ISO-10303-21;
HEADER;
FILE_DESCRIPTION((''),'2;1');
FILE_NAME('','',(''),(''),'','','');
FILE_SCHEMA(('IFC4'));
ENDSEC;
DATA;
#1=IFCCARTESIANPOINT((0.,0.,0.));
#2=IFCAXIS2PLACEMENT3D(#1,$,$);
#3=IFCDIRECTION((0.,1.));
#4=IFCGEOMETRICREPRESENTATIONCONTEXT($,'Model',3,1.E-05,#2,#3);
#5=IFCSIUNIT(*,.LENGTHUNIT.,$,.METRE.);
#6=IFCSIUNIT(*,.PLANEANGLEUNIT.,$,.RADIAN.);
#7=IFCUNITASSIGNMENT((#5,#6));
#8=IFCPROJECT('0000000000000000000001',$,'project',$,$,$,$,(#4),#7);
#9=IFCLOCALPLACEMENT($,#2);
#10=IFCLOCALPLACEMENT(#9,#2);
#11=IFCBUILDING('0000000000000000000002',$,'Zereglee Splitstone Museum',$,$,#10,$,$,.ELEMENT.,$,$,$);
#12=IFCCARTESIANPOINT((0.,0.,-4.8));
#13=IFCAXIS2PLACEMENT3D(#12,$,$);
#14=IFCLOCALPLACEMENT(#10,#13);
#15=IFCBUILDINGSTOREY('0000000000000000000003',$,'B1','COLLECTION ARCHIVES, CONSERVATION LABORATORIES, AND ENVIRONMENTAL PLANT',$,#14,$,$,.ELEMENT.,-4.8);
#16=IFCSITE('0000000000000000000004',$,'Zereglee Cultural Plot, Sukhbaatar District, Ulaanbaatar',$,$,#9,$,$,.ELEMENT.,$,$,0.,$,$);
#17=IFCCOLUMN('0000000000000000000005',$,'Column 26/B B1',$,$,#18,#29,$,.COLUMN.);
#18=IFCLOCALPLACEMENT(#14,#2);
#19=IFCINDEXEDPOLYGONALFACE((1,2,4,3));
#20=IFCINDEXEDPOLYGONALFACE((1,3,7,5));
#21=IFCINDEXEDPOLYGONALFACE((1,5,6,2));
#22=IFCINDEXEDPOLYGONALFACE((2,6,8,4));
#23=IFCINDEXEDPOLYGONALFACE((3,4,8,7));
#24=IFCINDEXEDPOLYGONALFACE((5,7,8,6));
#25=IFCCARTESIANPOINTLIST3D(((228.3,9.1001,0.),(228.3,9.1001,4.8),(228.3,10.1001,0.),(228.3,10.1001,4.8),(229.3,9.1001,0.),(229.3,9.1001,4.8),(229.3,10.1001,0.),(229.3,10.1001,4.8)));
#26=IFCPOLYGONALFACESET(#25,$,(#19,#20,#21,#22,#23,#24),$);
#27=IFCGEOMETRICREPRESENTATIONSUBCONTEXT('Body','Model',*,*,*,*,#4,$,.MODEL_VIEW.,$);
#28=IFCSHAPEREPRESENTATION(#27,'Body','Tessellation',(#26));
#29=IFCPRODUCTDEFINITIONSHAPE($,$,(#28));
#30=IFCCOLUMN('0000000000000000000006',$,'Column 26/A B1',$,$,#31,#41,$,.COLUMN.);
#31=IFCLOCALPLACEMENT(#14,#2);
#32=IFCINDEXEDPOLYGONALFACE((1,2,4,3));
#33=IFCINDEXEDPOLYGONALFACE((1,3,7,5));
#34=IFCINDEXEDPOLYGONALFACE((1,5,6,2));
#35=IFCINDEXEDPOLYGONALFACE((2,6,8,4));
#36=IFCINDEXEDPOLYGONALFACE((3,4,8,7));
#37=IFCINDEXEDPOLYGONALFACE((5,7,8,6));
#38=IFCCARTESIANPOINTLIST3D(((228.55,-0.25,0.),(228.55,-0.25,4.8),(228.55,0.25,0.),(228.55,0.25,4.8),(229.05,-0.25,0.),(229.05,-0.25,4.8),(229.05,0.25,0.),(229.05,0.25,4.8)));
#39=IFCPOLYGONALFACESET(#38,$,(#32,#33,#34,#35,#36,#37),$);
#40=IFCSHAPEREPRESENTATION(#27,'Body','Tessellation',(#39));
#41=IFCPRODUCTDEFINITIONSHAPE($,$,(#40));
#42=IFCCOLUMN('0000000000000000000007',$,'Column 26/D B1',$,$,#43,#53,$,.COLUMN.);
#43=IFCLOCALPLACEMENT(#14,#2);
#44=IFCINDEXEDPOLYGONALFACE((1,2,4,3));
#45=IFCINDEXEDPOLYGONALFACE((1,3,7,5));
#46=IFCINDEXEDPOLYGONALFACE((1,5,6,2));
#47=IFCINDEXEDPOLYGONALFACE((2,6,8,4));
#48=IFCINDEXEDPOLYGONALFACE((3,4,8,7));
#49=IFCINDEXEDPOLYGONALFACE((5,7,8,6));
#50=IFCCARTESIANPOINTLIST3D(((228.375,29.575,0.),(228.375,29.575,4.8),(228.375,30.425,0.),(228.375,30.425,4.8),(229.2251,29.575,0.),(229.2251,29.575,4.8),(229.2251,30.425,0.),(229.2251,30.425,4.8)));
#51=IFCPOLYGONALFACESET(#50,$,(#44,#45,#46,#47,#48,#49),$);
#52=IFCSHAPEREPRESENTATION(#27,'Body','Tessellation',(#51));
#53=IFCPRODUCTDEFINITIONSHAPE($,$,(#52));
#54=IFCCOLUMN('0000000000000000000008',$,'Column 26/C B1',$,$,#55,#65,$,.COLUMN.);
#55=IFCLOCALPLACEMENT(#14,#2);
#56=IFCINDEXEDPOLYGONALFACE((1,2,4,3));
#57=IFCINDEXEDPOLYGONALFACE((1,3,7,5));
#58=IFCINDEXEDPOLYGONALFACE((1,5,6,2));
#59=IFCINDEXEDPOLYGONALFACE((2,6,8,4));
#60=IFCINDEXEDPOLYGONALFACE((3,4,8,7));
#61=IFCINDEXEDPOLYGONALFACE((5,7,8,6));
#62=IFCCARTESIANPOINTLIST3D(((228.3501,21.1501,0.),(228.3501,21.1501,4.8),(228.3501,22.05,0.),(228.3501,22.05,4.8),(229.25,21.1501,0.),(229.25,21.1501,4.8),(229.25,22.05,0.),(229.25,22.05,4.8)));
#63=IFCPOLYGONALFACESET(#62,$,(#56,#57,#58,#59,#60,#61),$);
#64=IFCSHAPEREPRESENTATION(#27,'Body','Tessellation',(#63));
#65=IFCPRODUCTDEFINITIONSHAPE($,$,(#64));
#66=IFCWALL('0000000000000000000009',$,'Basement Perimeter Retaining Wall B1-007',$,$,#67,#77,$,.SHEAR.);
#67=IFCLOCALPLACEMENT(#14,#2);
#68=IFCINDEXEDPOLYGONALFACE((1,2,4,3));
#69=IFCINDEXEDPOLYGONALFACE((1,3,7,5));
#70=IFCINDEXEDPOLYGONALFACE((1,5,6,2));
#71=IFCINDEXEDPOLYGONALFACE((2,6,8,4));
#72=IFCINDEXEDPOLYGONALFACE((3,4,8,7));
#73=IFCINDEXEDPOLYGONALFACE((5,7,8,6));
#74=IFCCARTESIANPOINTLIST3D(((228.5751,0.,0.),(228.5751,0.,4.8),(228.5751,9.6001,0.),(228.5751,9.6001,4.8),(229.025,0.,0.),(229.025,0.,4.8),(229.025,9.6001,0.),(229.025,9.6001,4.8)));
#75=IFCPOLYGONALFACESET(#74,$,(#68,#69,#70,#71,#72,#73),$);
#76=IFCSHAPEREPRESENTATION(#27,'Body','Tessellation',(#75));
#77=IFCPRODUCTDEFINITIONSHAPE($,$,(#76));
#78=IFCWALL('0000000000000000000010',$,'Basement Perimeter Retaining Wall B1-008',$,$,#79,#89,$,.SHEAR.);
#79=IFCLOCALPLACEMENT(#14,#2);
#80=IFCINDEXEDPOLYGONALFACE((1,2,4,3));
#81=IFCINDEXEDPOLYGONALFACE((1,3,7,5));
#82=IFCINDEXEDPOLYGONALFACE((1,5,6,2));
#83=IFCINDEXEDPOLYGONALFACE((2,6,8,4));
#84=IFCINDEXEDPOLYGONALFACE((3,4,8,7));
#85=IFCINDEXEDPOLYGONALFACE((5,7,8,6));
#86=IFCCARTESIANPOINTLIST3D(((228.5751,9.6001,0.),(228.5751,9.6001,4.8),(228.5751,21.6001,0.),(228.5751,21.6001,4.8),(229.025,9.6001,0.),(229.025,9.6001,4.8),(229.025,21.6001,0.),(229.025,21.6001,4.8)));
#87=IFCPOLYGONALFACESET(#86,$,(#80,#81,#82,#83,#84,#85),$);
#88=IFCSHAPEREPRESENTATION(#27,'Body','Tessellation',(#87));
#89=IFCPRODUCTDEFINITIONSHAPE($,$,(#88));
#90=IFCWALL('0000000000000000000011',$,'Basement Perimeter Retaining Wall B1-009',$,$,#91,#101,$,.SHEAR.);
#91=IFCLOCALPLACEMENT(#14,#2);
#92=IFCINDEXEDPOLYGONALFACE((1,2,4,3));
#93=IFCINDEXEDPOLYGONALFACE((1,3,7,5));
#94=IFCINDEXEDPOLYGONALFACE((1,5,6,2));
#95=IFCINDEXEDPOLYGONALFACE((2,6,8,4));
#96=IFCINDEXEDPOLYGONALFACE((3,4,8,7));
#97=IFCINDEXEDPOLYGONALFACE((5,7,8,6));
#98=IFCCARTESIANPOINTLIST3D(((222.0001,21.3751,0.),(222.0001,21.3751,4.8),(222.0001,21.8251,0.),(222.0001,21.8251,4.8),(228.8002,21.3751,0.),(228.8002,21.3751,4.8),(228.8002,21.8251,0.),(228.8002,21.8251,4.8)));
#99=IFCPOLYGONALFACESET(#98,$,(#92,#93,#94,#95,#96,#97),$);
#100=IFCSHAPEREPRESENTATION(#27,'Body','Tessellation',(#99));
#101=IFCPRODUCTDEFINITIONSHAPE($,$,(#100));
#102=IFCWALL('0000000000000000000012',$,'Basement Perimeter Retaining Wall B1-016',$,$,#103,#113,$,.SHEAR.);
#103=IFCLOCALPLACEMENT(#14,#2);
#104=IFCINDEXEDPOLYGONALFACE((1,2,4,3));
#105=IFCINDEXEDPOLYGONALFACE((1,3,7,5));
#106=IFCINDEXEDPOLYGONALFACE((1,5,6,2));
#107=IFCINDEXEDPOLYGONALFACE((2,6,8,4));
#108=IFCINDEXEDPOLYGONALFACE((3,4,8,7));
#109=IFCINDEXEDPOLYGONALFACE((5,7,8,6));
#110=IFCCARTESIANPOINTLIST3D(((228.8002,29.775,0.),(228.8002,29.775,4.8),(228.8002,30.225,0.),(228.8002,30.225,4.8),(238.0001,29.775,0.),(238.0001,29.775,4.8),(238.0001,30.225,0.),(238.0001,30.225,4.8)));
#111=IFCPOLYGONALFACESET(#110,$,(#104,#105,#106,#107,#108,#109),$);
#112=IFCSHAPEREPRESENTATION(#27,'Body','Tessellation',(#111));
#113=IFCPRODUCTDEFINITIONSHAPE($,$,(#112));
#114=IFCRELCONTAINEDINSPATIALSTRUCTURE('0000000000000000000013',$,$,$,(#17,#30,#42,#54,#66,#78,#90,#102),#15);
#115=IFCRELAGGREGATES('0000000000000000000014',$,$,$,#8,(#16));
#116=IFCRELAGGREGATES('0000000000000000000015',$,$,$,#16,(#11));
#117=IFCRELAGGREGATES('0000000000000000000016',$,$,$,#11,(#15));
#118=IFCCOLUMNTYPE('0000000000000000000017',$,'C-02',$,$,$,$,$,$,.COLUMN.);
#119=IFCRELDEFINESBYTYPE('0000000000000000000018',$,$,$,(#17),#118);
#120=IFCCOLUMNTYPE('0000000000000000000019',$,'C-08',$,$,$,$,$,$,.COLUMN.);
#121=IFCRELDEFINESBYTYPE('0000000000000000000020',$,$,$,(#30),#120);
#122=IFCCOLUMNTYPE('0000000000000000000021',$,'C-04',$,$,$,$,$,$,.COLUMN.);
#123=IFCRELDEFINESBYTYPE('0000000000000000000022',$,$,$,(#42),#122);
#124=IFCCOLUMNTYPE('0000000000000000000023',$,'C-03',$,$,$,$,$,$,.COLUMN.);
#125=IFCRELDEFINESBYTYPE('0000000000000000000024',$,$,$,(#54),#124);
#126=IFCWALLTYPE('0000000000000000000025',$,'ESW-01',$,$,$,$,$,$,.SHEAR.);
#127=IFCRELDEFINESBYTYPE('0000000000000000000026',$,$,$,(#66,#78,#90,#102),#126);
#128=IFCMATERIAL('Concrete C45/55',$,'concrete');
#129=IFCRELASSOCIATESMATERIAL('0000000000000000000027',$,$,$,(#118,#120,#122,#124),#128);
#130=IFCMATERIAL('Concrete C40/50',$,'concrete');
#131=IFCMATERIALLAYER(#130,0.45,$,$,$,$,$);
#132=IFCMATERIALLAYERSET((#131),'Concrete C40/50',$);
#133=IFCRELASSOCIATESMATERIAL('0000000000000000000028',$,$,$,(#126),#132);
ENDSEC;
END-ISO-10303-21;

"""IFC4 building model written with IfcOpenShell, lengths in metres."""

from ifc_helpers import new_model, si_unit, direction, frame, frame_2d, origin, origin_2d, place, context, subcontext, project, spatial, rectangle, extrude, material, layer, layer_set, material_profile, profile_set, type_object, element, save


model = new_model("IFC4")

# Units and contexts
model_context = context("Model", 3, precision=1e-05, world=origin(), true_north=direction((0.0, 1.0)))
body_context = subcontext(model_context, "Body", "Model", "MODEL_VIEW")
ifc_project = project(units=[si_unit("LENGTHUNIT", "METRE"), si_unit("PLANEANGLEUNIT", "RADIAN")], contexts=[model_context])

# Site, building, storey
site_placement = place(None, origin())
site = spatial("IfcSite", under=ifc_project, at=site_placement, Name="Zereglee Cultural Plot, Sukhbaatar District, Ulaanbaatar", CompositionType="ELEMENT", RefElevation=0.0)
building_placement = place(site_placement, origin())
building = spatial("IfcBuilding", under=site, at=building_placement, Name="Zereglee Splitstone Museum", CompositionType="ELEMENT")
storey_placement = place(building_placement, frame((0.0, 0.0, -4.8)))
storey = spatial("IfcBuildingStorey", under=building, at=storey_placement, Name="B1", Description="COLLECTION ARCHIVES, CONSERVATION LABORATORIES, AND ENVIRONMENTAL PLANT", CompositionType="ELEMENT", Elevation=-4.8)

# Shared definitions
ifc_material_1 = material(Name="Concrete C40/50", Category="concrete")

# Columns
ifc_material_2 = material(Name="Concrete C45/55", Category="concrete")
ifc_material_profile_1 = material_profile(ifc_material_2, rectangle(XDim=1.0, YDim=1.0, at=origin_2d()), Name="RC 1000x1000")
ifc_profile_set_1 = profile_set([ifc_material_profile_1], Name="Concrete C45/55")
column_type_1 = type_object("IfcColumnType", Name="C-02", PredefinedType="COLUMN", material=ifc_profile_set_1)
column_1_placement = place(storey_placement, frame((228.8, 9.6001, 0.0), z_axis=(0.0, 0.0, 1.0), x_axis=(1.0, 0.0, 0.0)))
element("IfcColumn", 1, at=column_1_placement, inside=storey, type_object=column_type_1, Name="Column 26/B B1", PredefinedType="COLUMN", context=body_context, shape_type="SweptSolid", body=[
    extrude(rectangle(XDim=1.0, YDim=1.0, at=origin_2d()), origin(), (0.0, 0.0, 1.0), 4.8),
])
ifc_material_profile_2 = material_profile(ifc_material_2, rectangle(XDim=0.5, YDim=0.5, at=origin_2d()), Name="RC 500x500")
ifc_profile_set_2 = profile_set([ifc_material_profile_2], Name="Concrete C45/55")
column_type_2 = type_object("IfcColumnType", Name="C-08", PredefinedType="COLUMN", material=ifc_profile_set_2)
column_2_placement = place(storey_placement, frame((228.8, 0.0, 0.0), z_axis=(0.0, 0.0, 1.0), x_axis=(1.0, 0.0, 0.0)))
element("IfcColumn", 2, at=column_2_placement, inside=storey, type_object=column_type_2, Name="Column 26/A B1", PredefinedType="COLUMN", context=body_context, shape_type="SweptSolid", body=[
    extrude(rectangle(XDim=0.5, YDim=0.5, at=origin_2d()), origin(), (0.0, 0.0, 1.0), 4.8),
])
ifc_material_profile_3 = material_profile(ifc_material_2, rectangle(XDim=0.8501, YDim=0.8501, at=origin_2d()), Name="RC 850x850")
ifc_profile_set_3 = profile_set([ifc_material_profile_3], Name="Concrete C45/55")
column_type_3 = type_object("IfcColumnType", Name="C-04", PredefinedType="COLUMN", material=ifc_profile_set_3)
column_3_placement = place(storey_placement, frame((228.8, 30.0, 0.0), z_axis=(0.0, 0.0, 1.0), x_axis=(1.0, 0.0, 0.0)))
element("IfcColumn", 3, at=column_3_placement, inside=storey, type_object=column_type_3, Name="Column 26/D B1", PredefinedType="COLUMN", context=body_context, shape_type="SweptSolid", body=[
    extrude(rectangle(XDim=0.8501, YDim=0.8501, at=origin_2d()), origin(), (0.0, 0.0, 1.0), 4.8),
])
ifc_material_profile_4 = material_profile(ifc_material_2, rectangle(XDim=0.8999, YDim=0.8999, at=origin_2d()), Name="RC 900x900")
ifc_profile_set_4 = profile_set([ifc_material_profile_4], Name="Concrete C45/55")
column_type_4 = type_object("IfcColumnType", Name="C-03", PredefinedType="COLUMN", material=ifc_profile_set_4)
column_4_placement = place(storey_placement, frame((228.8, 21.6001, 0.0), z_axis=(0.0, 0.0, 1.0), x_axis=(1.0, 0.0, 0.0)))
element("IfcColumn", 4, at=column_4_placement, inside=storey, type_object=column_type_4, Name="Column 26/C B1", PredefinedType="COLUMN", context=body_context, shape_type="SweptSolid", body=[
    extrude(rectangle(XDim=0.8999, YDim=0.8999, at=origin_2d()), origin(), (0.0, 0.0, 1.0), 4.8),
])

# Walls
ifc_layer_1 = layer(ifc_material_1, 0.45)
ifc_layer_set_1 = layer_set([ifc_layer_1], Name="Concrete C40/50")
wall_type = type_object("IfcWallType", Name="ESW-01", PredefinedType="SHEAR", material=ifc_layer_set_1)
wall_1_placement = place(storey_placement, frame((228.8, 0.0, 0.0), z_axis=(0.0, 0.0, 1.0), x_axis=(0.0, 1.0, 0.0)))
element("IfcWall", 5, at=wall_1_placement, inside=storey, type_object=wall_type, Name="Basement Perimeter Retaining Wall B1-007", PredefinedType="SHEAR", context=body_context, shape_type="SweptSolid", body=[
    extrude(rectangle(XDim=9.6001, YDim=0.45, at=frame_2d((4.8, 0.0))), origin(), (0.0, 0.0, 1.0), 4.8),
])
wall_2_placement = place(storey_placement, frame((228.8, 9.6001, 0.0), z_axis=(0.0, 0.0, 1.0), x_axis=(0.0, 1.0, 0.0)))
element("IfcWall", 6, at=wall_2_placement, inside=storey, type_object=wall_type, Name="Basement Perimeter Retaining Wall B1-008", PredefinedType="SHEAR", context=body_context, shape_type="SweptSolid", body=[
    extrude(rectangle(XDim=12.0, YDim=0.45, at=frame_2d((6.0, 0.0))), origin(), (0.0, 0.0, 1.0), 4.8),
])
wall_3_placement = place(storey_placement, frame((228.8, 21.6001, 0.0), z_axis=(0.0, 0.0, 1.0), x_axis=(-1.0, 0.0, 0.0)))
element("IfcWall", 7, at=wall_3_placement, inside=storey, type_object=wall_type, Name="Basement Perimeter Retaining Wall B1-009", PredefinedType="SHEAR", context=body_context, shape_type="SweptSolid", body=[
    extrude(rectangle(XDim=6.8, YDim=0.45, at=frame_2d((3.3999, 0.0))), origin(), (0.0, 0.0, 1.0), 4.8),
])
wall_4_placement = place(storey_placement, frame((228.8, 30.0, 0.0), z_axis=(0.0, 0.0, 1.0), x_axis=(1.0, 0.0, 0.0)))
element("IfcWall", 8, at=wall_4_placement, inside=storey, type_object=wall_type, Name="Basement Perimeter Retaining Wall B1-016", PredefinedType="SHEAR", context=body_context, shape_type="SweptSolid", body=[
    extrude(rectangle(XDim=9.2, YDim=0.45, at=frame_2d((4.6001, 0.0))), origin(), (0.0, 0.0, 1.0), 4.8),
])

save(model, "model.ifc")
